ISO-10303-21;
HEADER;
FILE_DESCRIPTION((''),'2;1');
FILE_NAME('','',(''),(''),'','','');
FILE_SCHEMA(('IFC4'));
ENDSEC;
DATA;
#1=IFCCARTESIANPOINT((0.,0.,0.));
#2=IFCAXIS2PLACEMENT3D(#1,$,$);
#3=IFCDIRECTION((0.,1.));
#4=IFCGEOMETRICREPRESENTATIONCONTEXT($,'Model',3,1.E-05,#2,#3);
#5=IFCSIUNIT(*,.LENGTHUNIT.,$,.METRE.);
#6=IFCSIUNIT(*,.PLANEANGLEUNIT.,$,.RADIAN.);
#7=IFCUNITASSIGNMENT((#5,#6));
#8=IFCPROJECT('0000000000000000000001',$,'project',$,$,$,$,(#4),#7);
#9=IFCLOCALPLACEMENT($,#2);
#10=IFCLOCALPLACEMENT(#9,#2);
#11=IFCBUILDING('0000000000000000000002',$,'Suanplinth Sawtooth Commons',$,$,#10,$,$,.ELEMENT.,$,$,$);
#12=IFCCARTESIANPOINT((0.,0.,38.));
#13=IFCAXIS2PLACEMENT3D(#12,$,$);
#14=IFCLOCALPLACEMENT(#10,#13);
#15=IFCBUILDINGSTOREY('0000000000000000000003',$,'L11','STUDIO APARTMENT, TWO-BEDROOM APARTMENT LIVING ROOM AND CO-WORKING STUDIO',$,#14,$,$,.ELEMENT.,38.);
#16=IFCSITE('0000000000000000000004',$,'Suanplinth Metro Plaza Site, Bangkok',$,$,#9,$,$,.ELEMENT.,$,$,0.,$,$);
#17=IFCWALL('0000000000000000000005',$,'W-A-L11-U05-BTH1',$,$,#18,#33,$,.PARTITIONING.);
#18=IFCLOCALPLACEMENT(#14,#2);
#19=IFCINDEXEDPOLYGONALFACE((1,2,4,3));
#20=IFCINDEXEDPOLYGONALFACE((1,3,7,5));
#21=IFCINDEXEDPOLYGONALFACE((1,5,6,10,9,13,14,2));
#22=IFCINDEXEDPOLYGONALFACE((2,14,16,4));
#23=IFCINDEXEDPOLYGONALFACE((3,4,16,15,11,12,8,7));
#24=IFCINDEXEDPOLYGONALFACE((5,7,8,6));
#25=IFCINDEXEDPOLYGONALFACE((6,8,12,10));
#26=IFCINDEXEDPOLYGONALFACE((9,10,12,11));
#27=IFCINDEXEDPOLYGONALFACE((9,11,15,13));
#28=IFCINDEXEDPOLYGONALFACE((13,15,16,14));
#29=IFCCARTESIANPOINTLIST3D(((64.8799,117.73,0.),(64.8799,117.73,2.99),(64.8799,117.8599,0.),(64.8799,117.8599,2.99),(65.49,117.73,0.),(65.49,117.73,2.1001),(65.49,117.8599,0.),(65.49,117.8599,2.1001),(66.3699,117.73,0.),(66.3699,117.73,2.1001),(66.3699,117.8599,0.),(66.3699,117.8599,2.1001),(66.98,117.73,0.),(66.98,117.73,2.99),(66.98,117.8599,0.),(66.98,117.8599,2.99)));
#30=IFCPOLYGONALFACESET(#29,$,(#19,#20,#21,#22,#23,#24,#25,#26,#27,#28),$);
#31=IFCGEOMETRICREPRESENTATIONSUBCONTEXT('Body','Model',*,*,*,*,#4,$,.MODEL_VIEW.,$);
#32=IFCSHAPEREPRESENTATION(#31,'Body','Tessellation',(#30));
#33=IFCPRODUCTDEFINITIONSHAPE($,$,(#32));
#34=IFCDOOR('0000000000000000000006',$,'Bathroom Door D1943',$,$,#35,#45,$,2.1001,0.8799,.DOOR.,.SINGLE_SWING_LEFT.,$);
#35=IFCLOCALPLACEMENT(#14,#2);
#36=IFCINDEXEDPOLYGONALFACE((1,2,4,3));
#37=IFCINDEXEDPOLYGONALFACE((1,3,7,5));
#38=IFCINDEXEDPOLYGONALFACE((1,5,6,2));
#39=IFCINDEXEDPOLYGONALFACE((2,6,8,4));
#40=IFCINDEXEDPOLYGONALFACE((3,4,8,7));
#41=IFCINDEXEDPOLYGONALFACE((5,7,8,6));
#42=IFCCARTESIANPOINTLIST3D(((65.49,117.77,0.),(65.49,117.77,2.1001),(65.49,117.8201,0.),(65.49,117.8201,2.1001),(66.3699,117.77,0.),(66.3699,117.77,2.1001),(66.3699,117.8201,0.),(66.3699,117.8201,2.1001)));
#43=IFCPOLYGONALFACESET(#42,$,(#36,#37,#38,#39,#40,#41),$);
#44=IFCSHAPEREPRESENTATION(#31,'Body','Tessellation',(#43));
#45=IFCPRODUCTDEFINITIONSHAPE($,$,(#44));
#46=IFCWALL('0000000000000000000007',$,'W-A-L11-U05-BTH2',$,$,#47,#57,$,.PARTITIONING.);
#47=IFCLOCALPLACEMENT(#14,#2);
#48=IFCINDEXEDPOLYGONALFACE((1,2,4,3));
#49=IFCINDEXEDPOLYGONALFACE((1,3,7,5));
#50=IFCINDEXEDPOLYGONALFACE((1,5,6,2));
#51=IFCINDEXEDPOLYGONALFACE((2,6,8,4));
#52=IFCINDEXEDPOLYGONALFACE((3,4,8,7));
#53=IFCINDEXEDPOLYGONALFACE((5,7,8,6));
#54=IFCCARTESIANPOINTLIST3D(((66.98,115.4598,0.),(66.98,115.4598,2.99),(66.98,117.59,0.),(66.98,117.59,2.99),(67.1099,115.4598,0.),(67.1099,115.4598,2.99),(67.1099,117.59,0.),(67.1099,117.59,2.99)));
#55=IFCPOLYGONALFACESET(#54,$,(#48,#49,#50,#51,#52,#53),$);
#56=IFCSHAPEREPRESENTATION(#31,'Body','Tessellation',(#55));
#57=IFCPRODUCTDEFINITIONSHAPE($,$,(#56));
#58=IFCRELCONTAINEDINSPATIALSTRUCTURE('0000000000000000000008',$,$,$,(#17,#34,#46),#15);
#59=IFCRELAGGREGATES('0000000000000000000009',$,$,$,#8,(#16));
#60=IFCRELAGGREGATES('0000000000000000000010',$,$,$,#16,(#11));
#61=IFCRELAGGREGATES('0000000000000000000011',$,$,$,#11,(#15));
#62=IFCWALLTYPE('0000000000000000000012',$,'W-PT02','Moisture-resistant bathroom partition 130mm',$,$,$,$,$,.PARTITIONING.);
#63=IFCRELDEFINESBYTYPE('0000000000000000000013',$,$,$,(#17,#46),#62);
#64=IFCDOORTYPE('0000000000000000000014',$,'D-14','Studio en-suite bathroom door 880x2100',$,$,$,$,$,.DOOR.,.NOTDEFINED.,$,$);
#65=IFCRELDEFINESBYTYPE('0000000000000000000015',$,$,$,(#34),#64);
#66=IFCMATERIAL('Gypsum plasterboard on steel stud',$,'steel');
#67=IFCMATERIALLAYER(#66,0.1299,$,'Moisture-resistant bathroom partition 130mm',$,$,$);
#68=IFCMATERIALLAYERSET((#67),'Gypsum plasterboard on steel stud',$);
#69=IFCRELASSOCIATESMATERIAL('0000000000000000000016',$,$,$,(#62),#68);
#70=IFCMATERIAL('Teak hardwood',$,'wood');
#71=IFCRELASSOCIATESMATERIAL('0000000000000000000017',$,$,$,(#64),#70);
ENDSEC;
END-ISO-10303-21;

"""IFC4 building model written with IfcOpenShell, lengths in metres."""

from ifc_helpers import new_model, si_unit, direction, frame, frame_2d, origin, place, context, subcontext, project, spatial, rectangle, extrude, material, layer, layer_set, type_object, element, fill, save


model = new_model("IFC4")

# Units and contexts
model_context = context("Model", 3, precision=1e-05, world=origin(), true_north=direction((0.0, 1.0)))
body_context = subcontext(model_context, "Body", "Model", "MODEL_VIEW")
ifc_project = project(units=[si_unit("LENGTHUNIT", "METRE"), si_unit("PLANEANGLEUNIT", "RADIAN")], contexts=[model_context])

# Site, building, storey
site_placement = place(None, origin())
site = spatial("IfcSite", under=ifc_project, at=site_placement, Name="Suanplinth Metro Plaza Site, Bangkok", CompositionType="ELEMENT", RefElevation=0.0)
building_placement = place(site_placement, origin())
building = spatial("IfcBuilding", under=site, at=building_placement, Name="Suanplinth Sawtooth Commons", CompositionType="ELEMENT")
storey_placement = place(building_placement, frame((0.0, 0.0, 38.0)))
storey = spatial("IfcBuildingStorey", under=building, at=storey_placement, Name="L11", Description="STUDIO APARTMENT, TWO-BEDROOM APARTMENT LIVING ROOM AND CO-WORKING STUDIO", CompositionType="ELEMENT", Elevation=38.0)

# Shared definitions
ifc_material_1 = material(Name="Gypsum plasterboard on steel stud", Category="steel")
ifc_material_2 = material(Name="Teak hardwood", Category="wood")

# Wall, opening, door
ifc_layer_1 = layer(ifc_material_1, 0.1299, Name="Moisture-resistant bathroom partition 130mm")
ifc_layer_set_1 = layer_set([ifc_layer_1], Name="Gypsum plasterboard on steel stud")
wall_type_1 = type_object("IfcWallType", Name="W-PT02", Description="Moisture-resistant bathroom partition 130mm", PredefinedType="PARTITIONING", material=ifc_layer_set_1)
wall_1_placement = place(storey_placement, frame((64.8799, 117.7949, 0.0), z_axis=(0.0, 0.0, 1.0), x_axis=(1.0, 0.0, 0.0)))
wall_1 = element("IfcWall", 1, at=wall_1_placement, inside=storey, type_object=wall_type_1, Name="W-A-L11-U05-BTH1", PredefinedType="PARTITIONING", context=body_context, shape_type="SweptSolid", body=[
    extrude(rectangle(XDim=2.1001, YDim=0.1299, at=frame_2d((1.05, 0.0))), origin(), (0.0, 0.0, 1.0), 2.99),
])
opening_1_placement = place(wall_1_placement, frame((0.6101, 0.0, 0.0)))
opening_1 = element("IfcOpeningElement", 2, at=opening_1_placement, cuts=wall_1, PredefinedType="OPENING", context=body_context, shape_type="SweptSolid", body=[
    extrude(rectangle(XDim=0.8799, YDim=2.1001, at=frame_2d((0.4399, 1.05))), frame((0.0, 0.0798, 0.0), z_axis=(0.0, -1.0, 0.0), x_axis=(1.0, 0.0, 0.0)), (0.0, 0.0, 1.0), 0.1597),
])
door_type_1 = type_object("IfcDoorType", Name="D-14", Description="Studio en-suite bathroom door 880x2100", OperationType="NOTDEFINED", PredefinedType="DOOR", material=ifc_material_2)
door_1_placement = place(opening_1_placement, frame((0.8799, 0.0, 0.0), z_axis=(0.0, 0.0, 1.0), x_axis=(-1.0, 0.0, 0.0)))
door_1 = element("IfcDoor", 3, at=door_1_placement, inside=storey, type_object=door_type_1, Name="Bathroom Door D1943", OperationType="SINGLE_SWING_LEFT", OverallHeight=2.1001, OverallWidth=0.8799, PredefinedType="DOOR", context=body_context, shape_type="SweptSolid", body=[
    extrude(rectangle(XDim=0.8799, YDim=2.1001, at=frame_2d((0.4399, 1.05))), frame((0.0, 0.0249, 0.0), z_axis=(0.0, -1.0, 0.0), x_axis=(1.0, 0.0, 0.0)), (0.0, 0.0, 1.0), 0.05),
])
fill(opening_1, door_1)

# Wall
wall_2_placement = place(storey_placement, frame((67.0449, 115.46, 0.0), z_axis=(0.0, 0.0, 1.0), x_axis=(0.0, 1.0, 0.0)))
element("IfcWall", 4, at=wall_2_placement, inside=storey, type_object=wall_type_1, Name="W-A-L11-U05-BTH2", PredefinedType="PARTITIONING", context=body_context, shape_type="SweptSolid", body=[
    extrude(rectangle(XDim=2.1301, YDim=0.1299, at=frame_2d((1.0649, 0.0))), origin(), (0.0, 0.0, 1.0), 2.99),
])

save(model, "model.ifc")
